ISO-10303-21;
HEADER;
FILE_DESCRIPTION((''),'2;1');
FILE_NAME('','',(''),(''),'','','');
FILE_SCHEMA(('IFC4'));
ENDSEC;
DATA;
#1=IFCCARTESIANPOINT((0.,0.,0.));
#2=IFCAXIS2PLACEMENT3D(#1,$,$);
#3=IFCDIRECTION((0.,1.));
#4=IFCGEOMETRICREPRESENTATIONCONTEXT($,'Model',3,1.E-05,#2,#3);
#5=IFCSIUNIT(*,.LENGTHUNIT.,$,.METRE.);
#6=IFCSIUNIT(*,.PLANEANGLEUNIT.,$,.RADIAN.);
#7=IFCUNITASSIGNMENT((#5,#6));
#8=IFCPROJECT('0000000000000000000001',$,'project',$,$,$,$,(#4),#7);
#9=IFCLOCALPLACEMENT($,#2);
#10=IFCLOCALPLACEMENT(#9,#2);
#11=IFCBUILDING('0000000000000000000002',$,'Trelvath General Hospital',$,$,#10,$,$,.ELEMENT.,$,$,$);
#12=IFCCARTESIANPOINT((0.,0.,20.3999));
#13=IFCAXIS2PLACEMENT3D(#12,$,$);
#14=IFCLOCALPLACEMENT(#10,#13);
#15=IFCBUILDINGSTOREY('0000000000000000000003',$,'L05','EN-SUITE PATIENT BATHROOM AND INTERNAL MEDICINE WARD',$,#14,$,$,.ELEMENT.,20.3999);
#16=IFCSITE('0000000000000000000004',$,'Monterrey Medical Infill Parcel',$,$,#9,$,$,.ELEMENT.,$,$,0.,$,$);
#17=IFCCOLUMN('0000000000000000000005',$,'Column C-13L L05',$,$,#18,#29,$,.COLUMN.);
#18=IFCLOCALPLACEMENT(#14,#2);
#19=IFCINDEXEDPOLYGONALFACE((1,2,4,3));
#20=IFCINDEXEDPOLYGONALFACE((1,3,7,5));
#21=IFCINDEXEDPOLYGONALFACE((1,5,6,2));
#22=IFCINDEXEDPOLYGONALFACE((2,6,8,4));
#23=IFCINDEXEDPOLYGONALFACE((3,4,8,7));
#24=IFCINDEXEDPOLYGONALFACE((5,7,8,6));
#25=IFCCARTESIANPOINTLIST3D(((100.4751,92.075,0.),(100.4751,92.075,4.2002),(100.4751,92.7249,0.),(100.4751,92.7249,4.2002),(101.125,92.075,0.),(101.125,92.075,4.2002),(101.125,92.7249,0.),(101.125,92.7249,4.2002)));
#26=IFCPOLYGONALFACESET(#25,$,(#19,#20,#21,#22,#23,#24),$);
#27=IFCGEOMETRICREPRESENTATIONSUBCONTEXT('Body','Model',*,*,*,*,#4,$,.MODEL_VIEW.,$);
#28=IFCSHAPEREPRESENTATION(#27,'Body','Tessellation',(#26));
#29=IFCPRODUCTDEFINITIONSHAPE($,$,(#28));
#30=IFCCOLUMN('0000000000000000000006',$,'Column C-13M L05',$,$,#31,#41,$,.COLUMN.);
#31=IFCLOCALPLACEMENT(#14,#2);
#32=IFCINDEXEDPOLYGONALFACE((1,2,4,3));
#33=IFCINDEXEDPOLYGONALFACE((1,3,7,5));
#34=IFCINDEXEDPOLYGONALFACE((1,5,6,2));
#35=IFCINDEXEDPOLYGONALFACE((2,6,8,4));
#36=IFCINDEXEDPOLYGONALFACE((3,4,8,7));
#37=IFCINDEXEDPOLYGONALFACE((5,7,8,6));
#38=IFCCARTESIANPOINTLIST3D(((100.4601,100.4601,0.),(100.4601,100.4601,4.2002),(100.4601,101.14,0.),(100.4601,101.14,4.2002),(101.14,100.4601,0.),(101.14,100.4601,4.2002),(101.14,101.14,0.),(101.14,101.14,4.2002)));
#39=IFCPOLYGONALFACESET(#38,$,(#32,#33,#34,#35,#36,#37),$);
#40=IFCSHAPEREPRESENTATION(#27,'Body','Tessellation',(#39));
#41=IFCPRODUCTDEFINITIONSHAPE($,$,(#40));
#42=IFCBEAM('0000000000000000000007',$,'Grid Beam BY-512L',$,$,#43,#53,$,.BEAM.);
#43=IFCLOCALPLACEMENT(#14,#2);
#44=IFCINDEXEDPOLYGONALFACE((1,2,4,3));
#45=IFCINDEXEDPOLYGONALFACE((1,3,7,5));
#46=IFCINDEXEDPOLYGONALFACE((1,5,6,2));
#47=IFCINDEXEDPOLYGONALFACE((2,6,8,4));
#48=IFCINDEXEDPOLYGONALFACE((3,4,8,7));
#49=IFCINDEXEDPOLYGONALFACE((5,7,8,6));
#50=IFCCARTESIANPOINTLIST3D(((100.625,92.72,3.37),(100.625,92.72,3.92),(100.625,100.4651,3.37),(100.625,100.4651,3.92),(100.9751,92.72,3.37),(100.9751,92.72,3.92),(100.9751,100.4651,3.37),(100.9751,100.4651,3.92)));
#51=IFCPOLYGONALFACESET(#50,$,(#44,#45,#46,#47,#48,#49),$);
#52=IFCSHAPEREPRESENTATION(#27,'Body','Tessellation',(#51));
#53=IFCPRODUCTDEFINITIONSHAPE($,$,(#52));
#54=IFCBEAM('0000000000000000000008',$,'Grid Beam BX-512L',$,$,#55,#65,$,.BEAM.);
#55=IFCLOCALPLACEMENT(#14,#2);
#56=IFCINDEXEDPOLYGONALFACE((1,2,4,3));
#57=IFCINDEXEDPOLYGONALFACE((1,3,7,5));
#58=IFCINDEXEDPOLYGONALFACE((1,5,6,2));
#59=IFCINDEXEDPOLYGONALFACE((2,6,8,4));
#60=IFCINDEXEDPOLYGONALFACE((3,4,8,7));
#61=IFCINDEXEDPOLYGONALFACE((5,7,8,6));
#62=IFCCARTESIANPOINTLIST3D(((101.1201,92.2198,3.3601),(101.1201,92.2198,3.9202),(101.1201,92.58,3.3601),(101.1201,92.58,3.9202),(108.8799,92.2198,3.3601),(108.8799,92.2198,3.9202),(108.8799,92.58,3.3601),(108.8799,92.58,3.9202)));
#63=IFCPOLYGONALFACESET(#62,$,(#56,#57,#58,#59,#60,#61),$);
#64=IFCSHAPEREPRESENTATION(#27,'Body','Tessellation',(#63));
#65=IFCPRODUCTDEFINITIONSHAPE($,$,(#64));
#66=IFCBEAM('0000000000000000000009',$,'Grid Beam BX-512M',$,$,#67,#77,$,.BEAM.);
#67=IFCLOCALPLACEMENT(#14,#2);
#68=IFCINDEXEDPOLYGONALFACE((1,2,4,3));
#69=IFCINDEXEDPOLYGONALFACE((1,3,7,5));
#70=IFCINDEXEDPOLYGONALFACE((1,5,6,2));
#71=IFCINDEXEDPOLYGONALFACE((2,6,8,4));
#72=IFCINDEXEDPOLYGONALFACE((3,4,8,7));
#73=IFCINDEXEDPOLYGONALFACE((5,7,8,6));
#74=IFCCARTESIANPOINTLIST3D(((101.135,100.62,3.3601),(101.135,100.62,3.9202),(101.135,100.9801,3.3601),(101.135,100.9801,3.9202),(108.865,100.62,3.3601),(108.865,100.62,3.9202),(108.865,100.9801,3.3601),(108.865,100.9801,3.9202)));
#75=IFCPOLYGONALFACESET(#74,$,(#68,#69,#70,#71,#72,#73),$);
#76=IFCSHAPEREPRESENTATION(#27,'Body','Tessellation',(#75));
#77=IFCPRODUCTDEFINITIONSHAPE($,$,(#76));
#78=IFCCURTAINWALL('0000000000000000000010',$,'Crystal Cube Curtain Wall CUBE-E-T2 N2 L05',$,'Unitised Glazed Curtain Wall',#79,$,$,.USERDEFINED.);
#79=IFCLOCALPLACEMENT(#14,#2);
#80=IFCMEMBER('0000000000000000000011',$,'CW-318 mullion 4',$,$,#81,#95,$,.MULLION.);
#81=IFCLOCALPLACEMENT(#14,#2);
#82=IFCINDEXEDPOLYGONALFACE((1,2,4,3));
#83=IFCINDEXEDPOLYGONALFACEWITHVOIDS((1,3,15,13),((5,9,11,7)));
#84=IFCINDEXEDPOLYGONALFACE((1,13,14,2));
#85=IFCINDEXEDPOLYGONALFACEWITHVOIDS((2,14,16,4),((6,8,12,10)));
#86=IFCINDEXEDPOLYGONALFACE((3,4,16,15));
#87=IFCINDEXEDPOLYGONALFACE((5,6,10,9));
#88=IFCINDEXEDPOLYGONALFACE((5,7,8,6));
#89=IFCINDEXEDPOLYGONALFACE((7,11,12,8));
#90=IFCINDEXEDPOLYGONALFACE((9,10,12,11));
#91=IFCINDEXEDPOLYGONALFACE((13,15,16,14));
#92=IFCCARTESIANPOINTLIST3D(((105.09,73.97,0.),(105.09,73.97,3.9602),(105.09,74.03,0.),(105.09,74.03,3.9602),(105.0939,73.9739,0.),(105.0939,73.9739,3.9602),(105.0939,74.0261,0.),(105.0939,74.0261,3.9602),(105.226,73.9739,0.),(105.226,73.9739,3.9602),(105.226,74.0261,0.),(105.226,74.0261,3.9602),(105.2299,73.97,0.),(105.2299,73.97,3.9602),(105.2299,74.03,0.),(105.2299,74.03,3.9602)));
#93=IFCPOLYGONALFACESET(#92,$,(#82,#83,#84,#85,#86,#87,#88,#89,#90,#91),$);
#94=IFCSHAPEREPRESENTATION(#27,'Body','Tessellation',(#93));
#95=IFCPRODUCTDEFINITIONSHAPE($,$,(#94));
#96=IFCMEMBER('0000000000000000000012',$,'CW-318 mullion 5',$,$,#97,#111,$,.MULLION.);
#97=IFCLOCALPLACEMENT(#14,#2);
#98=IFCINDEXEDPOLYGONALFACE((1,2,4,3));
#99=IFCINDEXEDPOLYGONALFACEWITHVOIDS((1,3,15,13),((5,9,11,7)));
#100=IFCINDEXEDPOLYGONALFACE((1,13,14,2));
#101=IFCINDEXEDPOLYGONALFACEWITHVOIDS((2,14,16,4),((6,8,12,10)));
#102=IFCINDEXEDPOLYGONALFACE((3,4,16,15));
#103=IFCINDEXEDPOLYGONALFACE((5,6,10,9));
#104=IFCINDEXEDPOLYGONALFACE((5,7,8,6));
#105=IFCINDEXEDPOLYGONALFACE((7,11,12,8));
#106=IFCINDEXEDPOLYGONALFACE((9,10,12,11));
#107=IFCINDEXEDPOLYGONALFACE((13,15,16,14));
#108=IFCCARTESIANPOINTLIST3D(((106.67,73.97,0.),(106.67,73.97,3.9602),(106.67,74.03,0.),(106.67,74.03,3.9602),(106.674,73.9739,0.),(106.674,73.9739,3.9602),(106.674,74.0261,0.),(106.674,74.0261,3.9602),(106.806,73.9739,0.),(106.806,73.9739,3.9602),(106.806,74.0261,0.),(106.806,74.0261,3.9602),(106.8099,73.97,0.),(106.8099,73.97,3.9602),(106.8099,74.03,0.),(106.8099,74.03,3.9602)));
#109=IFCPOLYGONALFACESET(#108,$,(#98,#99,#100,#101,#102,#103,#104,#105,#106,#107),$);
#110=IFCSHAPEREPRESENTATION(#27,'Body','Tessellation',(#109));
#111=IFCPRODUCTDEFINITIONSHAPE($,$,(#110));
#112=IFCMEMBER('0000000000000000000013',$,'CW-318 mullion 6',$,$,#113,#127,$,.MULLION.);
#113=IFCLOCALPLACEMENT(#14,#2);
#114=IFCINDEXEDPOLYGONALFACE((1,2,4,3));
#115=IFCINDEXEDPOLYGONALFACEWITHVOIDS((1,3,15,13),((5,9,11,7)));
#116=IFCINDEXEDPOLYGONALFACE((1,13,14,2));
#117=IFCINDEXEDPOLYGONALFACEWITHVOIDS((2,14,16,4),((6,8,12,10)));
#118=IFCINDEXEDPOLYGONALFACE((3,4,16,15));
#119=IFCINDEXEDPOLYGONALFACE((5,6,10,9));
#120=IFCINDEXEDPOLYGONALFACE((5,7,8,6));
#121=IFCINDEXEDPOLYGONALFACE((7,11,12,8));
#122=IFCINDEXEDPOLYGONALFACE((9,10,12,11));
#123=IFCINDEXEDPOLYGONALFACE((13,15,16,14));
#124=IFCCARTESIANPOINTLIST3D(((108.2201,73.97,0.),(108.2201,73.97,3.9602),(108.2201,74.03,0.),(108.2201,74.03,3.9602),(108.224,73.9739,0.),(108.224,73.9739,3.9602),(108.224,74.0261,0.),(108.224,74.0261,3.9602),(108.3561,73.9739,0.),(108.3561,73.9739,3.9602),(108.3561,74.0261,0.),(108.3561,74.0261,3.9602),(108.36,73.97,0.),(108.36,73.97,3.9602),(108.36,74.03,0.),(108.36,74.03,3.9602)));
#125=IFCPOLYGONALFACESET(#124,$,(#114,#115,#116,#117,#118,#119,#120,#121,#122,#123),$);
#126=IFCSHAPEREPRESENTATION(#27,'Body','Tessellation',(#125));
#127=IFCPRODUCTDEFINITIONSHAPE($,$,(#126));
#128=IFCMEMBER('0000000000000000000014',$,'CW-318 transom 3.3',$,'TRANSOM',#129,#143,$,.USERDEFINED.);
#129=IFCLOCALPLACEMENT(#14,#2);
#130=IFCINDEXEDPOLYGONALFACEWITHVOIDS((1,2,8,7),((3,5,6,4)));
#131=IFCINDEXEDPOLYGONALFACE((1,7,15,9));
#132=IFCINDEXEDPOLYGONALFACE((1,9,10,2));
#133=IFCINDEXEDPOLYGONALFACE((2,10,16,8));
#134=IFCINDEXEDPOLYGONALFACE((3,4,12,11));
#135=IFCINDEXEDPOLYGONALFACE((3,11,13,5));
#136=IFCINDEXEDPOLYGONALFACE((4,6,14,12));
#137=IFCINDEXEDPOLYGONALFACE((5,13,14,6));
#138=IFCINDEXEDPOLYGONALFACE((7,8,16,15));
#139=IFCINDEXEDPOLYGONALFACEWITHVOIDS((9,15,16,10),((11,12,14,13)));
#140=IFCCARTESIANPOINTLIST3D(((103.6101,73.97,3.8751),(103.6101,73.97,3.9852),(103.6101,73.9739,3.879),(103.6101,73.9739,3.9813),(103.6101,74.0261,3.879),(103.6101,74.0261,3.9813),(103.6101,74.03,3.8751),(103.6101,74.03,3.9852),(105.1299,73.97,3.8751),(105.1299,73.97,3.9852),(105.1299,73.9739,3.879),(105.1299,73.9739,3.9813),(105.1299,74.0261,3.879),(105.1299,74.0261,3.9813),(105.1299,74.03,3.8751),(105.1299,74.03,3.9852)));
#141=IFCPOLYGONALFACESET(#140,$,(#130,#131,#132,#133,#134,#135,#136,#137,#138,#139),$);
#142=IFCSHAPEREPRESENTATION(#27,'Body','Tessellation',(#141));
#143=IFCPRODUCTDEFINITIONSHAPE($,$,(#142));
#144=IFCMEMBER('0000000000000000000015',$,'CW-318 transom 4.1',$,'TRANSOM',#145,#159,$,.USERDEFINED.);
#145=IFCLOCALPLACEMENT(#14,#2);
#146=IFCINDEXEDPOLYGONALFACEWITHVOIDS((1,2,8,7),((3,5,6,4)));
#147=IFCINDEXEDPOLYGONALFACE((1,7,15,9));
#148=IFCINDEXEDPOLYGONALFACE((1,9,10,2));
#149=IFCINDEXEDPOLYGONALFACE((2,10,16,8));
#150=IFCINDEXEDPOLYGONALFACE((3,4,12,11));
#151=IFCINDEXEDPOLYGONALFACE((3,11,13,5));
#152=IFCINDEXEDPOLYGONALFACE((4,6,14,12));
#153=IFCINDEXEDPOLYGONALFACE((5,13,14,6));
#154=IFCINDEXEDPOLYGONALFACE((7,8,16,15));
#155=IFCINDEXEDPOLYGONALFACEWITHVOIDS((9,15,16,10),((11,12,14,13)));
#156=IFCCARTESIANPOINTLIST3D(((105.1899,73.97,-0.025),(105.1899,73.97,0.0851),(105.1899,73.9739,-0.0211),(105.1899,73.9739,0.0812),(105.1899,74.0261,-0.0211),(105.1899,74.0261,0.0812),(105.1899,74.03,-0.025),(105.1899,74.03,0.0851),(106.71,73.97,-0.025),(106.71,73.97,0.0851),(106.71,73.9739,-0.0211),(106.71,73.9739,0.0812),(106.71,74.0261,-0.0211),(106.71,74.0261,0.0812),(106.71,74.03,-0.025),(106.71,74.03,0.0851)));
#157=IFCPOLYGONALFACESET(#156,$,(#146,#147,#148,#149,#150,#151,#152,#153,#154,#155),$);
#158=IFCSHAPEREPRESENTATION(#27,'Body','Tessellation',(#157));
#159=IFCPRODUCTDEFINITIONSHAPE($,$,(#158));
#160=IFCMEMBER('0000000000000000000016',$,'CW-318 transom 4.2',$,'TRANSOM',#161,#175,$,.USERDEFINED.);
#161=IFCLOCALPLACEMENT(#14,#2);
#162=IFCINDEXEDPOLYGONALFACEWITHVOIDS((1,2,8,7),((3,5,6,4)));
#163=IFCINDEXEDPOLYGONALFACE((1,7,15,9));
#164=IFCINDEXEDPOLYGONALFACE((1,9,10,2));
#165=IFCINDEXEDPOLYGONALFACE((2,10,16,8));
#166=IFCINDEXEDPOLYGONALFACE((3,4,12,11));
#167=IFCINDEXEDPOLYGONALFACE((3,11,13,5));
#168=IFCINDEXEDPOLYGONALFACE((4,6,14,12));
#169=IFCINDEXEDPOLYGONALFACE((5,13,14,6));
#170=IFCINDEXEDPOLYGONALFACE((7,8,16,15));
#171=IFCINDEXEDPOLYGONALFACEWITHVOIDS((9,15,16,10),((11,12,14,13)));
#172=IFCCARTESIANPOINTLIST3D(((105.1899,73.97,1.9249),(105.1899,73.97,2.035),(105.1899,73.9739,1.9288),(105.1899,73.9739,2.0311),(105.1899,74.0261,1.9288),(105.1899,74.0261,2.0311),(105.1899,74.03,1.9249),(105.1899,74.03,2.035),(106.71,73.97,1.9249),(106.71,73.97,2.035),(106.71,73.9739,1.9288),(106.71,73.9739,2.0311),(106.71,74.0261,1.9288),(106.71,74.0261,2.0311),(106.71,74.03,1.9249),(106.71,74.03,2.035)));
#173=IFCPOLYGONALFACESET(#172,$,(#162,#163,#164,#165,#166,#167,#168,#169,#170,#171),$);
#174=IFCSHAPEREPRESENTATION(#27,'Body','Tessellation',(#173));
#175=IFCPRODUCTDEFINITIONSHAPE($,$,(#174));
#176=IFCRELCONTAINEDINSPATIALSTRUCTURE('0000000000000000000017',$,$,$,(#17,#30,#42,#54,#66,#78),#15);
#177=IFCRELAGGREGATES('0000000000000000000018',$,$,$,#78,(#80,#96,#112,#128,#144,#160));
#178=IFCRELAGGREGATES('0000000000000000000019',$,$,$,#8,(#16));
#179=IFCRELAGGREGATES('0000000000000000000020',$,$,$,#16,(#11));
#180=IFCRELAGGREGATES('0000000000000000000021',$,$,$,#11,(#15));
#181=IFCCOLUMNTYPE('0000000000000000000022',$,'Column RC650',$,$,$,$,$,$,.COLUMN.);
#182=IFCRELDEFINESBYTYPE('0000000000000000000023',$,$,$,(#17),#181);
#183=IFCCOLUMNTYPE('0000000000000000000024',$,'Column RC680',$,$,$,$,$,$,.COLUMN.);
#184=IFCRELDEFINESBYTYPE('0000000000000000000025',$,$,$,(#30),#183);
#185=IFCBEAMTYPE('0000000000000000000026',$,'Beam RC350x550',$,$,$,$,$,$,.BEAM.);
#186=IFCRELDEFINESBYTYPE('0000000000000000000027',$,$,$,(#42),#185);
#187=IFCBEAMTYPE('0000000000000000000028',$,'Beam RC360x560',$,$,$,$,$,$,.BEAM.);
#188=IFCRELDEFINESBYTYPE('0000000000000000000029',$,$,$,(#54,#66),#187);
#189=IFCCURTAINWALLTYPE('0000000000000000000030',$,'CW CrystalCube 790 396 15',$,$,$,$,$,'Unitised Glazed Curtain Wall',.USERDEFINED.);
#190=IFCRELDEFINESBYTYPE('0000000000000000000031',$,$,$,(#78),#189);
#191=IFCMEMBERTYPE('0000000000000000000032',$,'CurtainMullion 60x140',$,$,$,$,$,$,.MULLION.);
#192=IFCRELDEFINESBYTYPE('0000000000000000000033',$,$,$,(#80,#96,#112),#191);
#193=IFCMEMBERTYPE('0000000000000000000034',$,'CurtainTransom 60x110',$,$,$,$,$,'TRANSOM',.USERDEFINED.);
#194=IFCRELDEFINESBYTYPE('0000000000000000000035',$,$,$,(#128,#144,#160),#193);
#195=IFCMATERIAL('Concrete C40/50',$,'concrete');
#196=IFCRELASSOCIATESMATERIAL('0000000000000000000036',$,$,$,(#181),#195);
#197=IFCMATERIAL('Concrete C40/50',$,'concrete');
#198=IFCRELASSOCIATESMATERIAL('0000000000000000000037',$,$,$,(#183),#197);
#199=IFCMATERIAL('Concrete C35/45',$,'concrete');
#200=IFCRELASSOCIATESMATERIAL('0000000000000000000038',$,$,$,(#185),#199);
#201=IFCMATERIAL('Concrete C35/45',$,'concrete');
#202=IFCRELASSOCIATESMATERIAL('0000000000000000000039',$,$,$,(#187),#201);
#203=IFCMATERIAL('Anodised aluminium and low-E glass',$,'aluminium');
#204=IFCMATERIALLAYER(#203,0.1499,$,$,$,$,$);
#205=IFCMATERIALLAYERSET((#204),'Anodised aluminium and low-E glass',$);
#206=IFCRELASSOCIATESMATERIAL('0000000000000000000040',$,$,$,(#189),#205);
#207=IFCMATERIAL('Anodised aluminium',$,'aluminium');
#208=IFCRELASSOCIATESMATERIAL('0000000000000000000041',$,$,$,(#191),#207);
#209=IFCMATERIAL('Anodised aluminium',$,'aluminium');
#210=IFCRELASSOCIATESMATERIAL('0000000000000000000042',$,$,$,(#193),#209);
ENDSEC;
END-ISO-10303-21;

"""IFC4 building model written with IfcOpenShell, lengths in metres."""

from ifc_helpers import new_model, si_unit, direction, frame, origin, origin_2d, place, context, subcontext, project, spatial, rectangle, hollow_rectangle, extrude, material, layer, layer_set, material_profile, profile_set, type_object, element, aggregate, save


model = new_model("IFC4")

# Units and contexts
model_context = context("Model", 3, precision=1e-05, world=origin(), true_north=direction((0.0, 1.0)))
body_context = subcontext(model_context, "Body", "Model", "MODEL_VIEW")
ifc_project = project(units=[si_unit("LENGTHUNIT", "METRE"), si_unit("PLANEANGLEUNIT", "RADIAN")], contexts=[model_context])

# Site, building, storey
site_placement = place(None, origin())
site = spatial("IfcSite", under=ifc_project, at=site_placement, Name="Monterrey Medical Infill Parcel", CompositionType="ELEMENT", RefElevation=0.0)
building_placement = place(site_placement, origin())
building = spatial("IfcBuilding", under=site, at=building_placement, Name="Trelvath General Hospital", CompositionType="ELEMENT")
storey_placement = place(building_placement, frame((0.0, 0.0, 20.3999)))
storey = spatial("IfcBuildingStorey", under=building, at=storey_placement, Name="L05", Description="EN-SUITE PATIENT BATHROOM AND INTERNAL MEDICINE WARD", CompositionType="ELEMENT", Elevation=20.3999)

# Columns
ifc_material_1 = material(Name="Concrete C40/50", Category="concrete")
ifc_material_profile_1 = material_profile(ifc_material_1, rectangle(XDim=0.6499, YDim=0.6499, at=origin_2d()), Name="RC650x650")
ifc_profile_set_1 = profile_set([ifc_material_profile_1], Name="Concrete C40/50")
column_type_1 = type_object("IfcColumnType", Name="Column RC650", PredefinedType="COLUMN", material=ifc_profile_set_1)
column_1_placement = place(storey_placement, frame((100.8, 92.3999, 0.0), z_axis=(0.0, 0.0, 1.0), x_axis=(1.0, 0.0, 0.0)))
element("IfcColumn", 1, at=column_1_placement, inside=storey, type_object=column_type_1, Name="Column C-13L L05", PredefinedType="COLUMN", context=body_context, shape_type="SweptSolid", body=[
    extrude(rectangle(XDim=0.6499, YDim=0.6499, at=origin_2d()), origin(), (0.0, 0.0, 1.0), 4.2002),
])
ifc_material_2 = material(Name="Concrete C40/50", Category="concrete")
ifc_material_profile_2 = material_profile(ifc_material_2, rectangle(XDim=0.6799, YDim=0.6799, at=origin_2d()), Name="RC680x680")
ifc_profile_set_2 = profile_set([ifc_material_profile_2], Name="Concrete C40/50")
column_type_2 = type_object("IfcColumnType", Name="Column RC680", PredefinedType="COLUMN", material=ifc_profile_set_2)
column_2_placement = place(storey_placement, frame((100.8, 100.8, 0.0), z_axis=(0.0, 0.0, 1.0), x_axis=(1.0, 0.0, 0.0)))
element("IfcColumn", 2, at=column_2_placement, inside=storey, type_object=column_type_2, Name="Column C-13M L05", PredefinedType="COLUMN", context=body_context, shape_type="SweptSolid", body=[
    extrude(rectangle(XDim=0.6799, YDim=0.6799, at=origin_2d()), origin(), (0.0, 0.0, 1.0), 4.2002),
])

# Beams
ifc_material_3 = material(Name="Concrete C35/45", Category="concrete")
ifc_material_profile_3 = material_profile(ifc_material_3, rectangle(XDim=0.3501, YDim=0.55, at=origin_2d()), Name="RCB350x550")
ifc_profile_set_3 = profile_set([ifc_material_profile_3], Name="Concrete C35/45")
beam_type_1 = type_object("IfcBeamType", Name="Beam RC350x550", PredefinedType="BEAM", material=ifc_profile_set_3)
beam_1_placement = place(storey_placement, frame((100.8, 92.72, 3.645), z_axis=(0.0, 1.0, 0.0), x_axis=(-1.0, 0.0, 0.0)))
element("IfcBeam", 3, at=beam_1_placement, inside=storey, type_object=beam_type_1, Name="Grid Beam BY-512L", PredefinedType="BEAM", context=body_context, shape_type="SweptSolid", body=[
    extrude(rectangle(XDim=0.3501, YDim=0.55, at=origin_2d()), origin(), (0.0, 0.0, 1.0), 7.7451),
])
ifc_material_4 = material(Name="Concrete C35/45", Category="concrete")
ifc_material_profile_4 = material_profile(ifc_material_4, rectangle(XDim=0.3601, YDim=0.5601, at=origin_2d()), Name="RCB360x560")
ifc_profile_set_4 = profile_set([ifc_material_profile_4], Name="Concrete C35/45")
beam_type_2 = type_object("IfcBeamType", Name="Beam RC360x560", PredefinedType="BEAM", material=ifc_profile_set_4)
beam_2_placement = place(storey_placement, frame((101.1201, 92.3999, 3.6401), z_axis=(1.0, 0.0, 0.0), x_axis=(0.0, 1.0, 0.0)))
element("IfcBeam", 4, at=beam_2_placement, inside=storey, type_object=beam_type_2, Name="Grid Beam BX-512L", PredefinedType="BEAM", context=body_context, shape_type="SweptSolid", body=[
    extrude(rectangle(XDim=0.3601, YDim=0.5601, at=origin_2d()), origin(), (0.0, 0.0, 1.0), 7.7598),
])
beam_3_placement = place(storey_placement, frame((101.135, 100.8, 3.6401), z_axis=(1.0, 0.0, 0.0), x_axis=(0.0, 1.0, 0.0)))
element("IfcBeam", 5, at=beam_3_placement, inside=storey, type_object=beam_type_2, Name="Grid Beam BX-512M", PredefinedType="BEAM", context=body_context, shape_type="SweptSolid", body=[
    extrude(rectangle(XDim=0.3601, YDim=0.5601, at=origin_2d()), origin(), (0.0, 0.0, 1.0), 7.73),
])

# Curtain wall, members
ifc_material_5 = material(Name="Anodised aluminium and low-E glass", Category="aluminium")
ifc_layer_1 = layer(ifc_material_5, 0.1499)
ifc_layer_set_1 = layer_set([ifc_layer_1], Name="Anodised aluminium and low-E glass")
curtain_wall_type = type_object("IfcCurtainWallType", Name="CW CrystalCube 790 396 15", ElementType="Unitised Glazed Curtain Wall", PredefinedType="USERDEFINED", material=ifc_layer_set_1)
curtain_wall_placement = place(storey_placement, origin())
curtain_wall = element("IfcCurtainWall", 6, at=curtain_wall_placement, inside=storey, type_object=curtain_wall_type, Name="Crystal Cube Curtain Wall CUBE-E-T2 N2 L05", ObjectType="Unitised Glazed Curtain Wall", PredefinedType="USERDEFINED")
ifc_material_6 = material(Name="Anodised aluminium", Category="aluminium")
ifc_material_profile_5 = material_profile(ifc_material_6, hollow_rectangle(XDim=0.0601, YDim=0.1399, WallThickness=0.0039, at=origin_2d()), Name="RHS60x140x4")
ifc_profile_set_5 = profile_set([ifc_material_profile_5], Name="Anodised aluminium")
member_type_1 = type_object("IfcMemberType", Name="CurtainMullion 60x140", PredefinedType="MULLION", material=ifc_profile_set_5)
member_1_placement = place(storey_placement, frame((105.1599, 74.0, 0.0), z_axis=(0.0, 0.0, 1.0), x_axis=(0.0, 1.0, 0.0)))
member_1 = element("IfcMember", 7, at=member_1_placement, type_object=member_type_1, Name="CW-318 mullion 4", PredefinedType="MULLION", context=body_context, shape_type="SweptSolid", body=[
    extrude(hollow_rectangle(XDim=0.0601, YDim=0.1399, WallThickness=0.0039, at=origin_2d()), origin(), (0.0, 0.0, 1.0), 3.9602),
])
member_2_placement = place(storey_placement, frame((106.74, 74.0, 0.0), z_axis=(0.0, 0.0, 1.0), x_axis=(0.0, 1.0, 0.0)))
member_2 = element("IfcMember", 8, at=member_2_placement, type_object=member_type_1, Name="CW-318 mullion 5", PredefinedType="MULLION", context=body_context, shape_type="SweptSolid", body=[
    extrude(hollow_rectangle(XDim=0.0601, YDim=0.1399, WallThickness=0.0039, at=origin_2d()), origin(), (0.0, 0.0, 1.0), 3.9602),
])
member_3_placement = place(storey_placement, frame((108.29, 74.0, 0.0), z_axis=(0.0, 0.0, 1.0), x_axis=(0.0, 1.0, 0.0)))
member_3 = element("IfcMember", 9, at=member_3_placement, type_object=member_type_1, Name="CW-318 mullion 6", PredefinedType="MULLION", context=body_context, shape_type="SweptSolid", body=[
    extrude(hollow_rectangle(XDim=0.0601, YDim=0.1399, WallThickness=0.0039, at=origin_2d()), origin(), (0.0, 0.0, 1.0), 3.9602),
])
ifc_material_7 = material(Name="Anodised aluminium", Category="aluminium")
ifc_material_profile_6 = material_profile(ifc_material_7, hollow_rectangle(XDim=0.0601, YDim=0.1101, WallThickness=0.0039, at=origin_2d()), Name="RHS60x110x4")
ifc_profile_set_6 = profile_set([ifc_material_profile_6], Name="Anodised aluminium")
member_type_2 = type_object("IfcMemberType", Name="CurtainTransom 60x110", ElementType="TRANSOM", PredefinedType="USERDEFINED", material=ifc_profile_set_6)
member_4_placement = place(storey_placement, frame((103.6101, 74.0, 3.9302), z_axis=(1.0, 0.0, 0.0), x_axis=(0.0, 1.0, 0.0)))
member_4 = element("IfcMember", 10, at=member_4_placement, type_object=member_type_2, Name="CW-318 transom 3.3", ObjectType="TRANSOM", PredefinedType="USERDEFINED", context=body_context, shape_type="SweptSolid", body=[
    extrude(hollow_rectangle(XDim=0.0601, YDim=0.1101, WallThickness=0.0039, at=origin_2d()), origin(), (0.0, 0.0, 1.0), 1.5198),
])
member_5_placement = place(storey_placement, frame((105.1899, 74.0, 0.03), z_axis=(1.0, 0.0, 0.0), x_axis=(0.0, 1.0, 0.0)))
member_5 = element("IfcMember", 11, at=member_5_placement, type_object=member_type_2, Name="CW-318 transom 4.1", ObjectType="TRANSOM", PredefinedType="USERDEFINED", context=body_context, shape_type="SweptSolid", body=[
    extrude(hollow_rectangle(XDim=0.0601, YDim=0.1101, WallThickness=0.0039, at=origin_2d()), origin(), (0.0, 0.0, 1.0), 1.52),
])
member_6_placement = place(storey_placement, frame((105.1899, 74.0, 1.98), z_axis=(1.0, 0.0, 0.0), x_axis=(0.0, 1.0, 0.0)))
member_6 = element("IfcMember", 12, at=member_6_placement, type_object=member_type_2, Name="CW-318 transom 4.2", ObjectType="TRANSOM", PredefinedType="USERDEFINED", context=body_context, shape_type="SweptSolid", body=[
    extrude(hollow_rectangle(XDim=0.0601, YDim=0.1101, WallThickness=0.0039, at=origin_2d()), origin(), (0.0, 0.0, 1.0), 1.52),
])
aggregate(curtain_wall, [member_1, member_2, member_3, member_4, member_5, member_6])

save(model, "model.ifc")
